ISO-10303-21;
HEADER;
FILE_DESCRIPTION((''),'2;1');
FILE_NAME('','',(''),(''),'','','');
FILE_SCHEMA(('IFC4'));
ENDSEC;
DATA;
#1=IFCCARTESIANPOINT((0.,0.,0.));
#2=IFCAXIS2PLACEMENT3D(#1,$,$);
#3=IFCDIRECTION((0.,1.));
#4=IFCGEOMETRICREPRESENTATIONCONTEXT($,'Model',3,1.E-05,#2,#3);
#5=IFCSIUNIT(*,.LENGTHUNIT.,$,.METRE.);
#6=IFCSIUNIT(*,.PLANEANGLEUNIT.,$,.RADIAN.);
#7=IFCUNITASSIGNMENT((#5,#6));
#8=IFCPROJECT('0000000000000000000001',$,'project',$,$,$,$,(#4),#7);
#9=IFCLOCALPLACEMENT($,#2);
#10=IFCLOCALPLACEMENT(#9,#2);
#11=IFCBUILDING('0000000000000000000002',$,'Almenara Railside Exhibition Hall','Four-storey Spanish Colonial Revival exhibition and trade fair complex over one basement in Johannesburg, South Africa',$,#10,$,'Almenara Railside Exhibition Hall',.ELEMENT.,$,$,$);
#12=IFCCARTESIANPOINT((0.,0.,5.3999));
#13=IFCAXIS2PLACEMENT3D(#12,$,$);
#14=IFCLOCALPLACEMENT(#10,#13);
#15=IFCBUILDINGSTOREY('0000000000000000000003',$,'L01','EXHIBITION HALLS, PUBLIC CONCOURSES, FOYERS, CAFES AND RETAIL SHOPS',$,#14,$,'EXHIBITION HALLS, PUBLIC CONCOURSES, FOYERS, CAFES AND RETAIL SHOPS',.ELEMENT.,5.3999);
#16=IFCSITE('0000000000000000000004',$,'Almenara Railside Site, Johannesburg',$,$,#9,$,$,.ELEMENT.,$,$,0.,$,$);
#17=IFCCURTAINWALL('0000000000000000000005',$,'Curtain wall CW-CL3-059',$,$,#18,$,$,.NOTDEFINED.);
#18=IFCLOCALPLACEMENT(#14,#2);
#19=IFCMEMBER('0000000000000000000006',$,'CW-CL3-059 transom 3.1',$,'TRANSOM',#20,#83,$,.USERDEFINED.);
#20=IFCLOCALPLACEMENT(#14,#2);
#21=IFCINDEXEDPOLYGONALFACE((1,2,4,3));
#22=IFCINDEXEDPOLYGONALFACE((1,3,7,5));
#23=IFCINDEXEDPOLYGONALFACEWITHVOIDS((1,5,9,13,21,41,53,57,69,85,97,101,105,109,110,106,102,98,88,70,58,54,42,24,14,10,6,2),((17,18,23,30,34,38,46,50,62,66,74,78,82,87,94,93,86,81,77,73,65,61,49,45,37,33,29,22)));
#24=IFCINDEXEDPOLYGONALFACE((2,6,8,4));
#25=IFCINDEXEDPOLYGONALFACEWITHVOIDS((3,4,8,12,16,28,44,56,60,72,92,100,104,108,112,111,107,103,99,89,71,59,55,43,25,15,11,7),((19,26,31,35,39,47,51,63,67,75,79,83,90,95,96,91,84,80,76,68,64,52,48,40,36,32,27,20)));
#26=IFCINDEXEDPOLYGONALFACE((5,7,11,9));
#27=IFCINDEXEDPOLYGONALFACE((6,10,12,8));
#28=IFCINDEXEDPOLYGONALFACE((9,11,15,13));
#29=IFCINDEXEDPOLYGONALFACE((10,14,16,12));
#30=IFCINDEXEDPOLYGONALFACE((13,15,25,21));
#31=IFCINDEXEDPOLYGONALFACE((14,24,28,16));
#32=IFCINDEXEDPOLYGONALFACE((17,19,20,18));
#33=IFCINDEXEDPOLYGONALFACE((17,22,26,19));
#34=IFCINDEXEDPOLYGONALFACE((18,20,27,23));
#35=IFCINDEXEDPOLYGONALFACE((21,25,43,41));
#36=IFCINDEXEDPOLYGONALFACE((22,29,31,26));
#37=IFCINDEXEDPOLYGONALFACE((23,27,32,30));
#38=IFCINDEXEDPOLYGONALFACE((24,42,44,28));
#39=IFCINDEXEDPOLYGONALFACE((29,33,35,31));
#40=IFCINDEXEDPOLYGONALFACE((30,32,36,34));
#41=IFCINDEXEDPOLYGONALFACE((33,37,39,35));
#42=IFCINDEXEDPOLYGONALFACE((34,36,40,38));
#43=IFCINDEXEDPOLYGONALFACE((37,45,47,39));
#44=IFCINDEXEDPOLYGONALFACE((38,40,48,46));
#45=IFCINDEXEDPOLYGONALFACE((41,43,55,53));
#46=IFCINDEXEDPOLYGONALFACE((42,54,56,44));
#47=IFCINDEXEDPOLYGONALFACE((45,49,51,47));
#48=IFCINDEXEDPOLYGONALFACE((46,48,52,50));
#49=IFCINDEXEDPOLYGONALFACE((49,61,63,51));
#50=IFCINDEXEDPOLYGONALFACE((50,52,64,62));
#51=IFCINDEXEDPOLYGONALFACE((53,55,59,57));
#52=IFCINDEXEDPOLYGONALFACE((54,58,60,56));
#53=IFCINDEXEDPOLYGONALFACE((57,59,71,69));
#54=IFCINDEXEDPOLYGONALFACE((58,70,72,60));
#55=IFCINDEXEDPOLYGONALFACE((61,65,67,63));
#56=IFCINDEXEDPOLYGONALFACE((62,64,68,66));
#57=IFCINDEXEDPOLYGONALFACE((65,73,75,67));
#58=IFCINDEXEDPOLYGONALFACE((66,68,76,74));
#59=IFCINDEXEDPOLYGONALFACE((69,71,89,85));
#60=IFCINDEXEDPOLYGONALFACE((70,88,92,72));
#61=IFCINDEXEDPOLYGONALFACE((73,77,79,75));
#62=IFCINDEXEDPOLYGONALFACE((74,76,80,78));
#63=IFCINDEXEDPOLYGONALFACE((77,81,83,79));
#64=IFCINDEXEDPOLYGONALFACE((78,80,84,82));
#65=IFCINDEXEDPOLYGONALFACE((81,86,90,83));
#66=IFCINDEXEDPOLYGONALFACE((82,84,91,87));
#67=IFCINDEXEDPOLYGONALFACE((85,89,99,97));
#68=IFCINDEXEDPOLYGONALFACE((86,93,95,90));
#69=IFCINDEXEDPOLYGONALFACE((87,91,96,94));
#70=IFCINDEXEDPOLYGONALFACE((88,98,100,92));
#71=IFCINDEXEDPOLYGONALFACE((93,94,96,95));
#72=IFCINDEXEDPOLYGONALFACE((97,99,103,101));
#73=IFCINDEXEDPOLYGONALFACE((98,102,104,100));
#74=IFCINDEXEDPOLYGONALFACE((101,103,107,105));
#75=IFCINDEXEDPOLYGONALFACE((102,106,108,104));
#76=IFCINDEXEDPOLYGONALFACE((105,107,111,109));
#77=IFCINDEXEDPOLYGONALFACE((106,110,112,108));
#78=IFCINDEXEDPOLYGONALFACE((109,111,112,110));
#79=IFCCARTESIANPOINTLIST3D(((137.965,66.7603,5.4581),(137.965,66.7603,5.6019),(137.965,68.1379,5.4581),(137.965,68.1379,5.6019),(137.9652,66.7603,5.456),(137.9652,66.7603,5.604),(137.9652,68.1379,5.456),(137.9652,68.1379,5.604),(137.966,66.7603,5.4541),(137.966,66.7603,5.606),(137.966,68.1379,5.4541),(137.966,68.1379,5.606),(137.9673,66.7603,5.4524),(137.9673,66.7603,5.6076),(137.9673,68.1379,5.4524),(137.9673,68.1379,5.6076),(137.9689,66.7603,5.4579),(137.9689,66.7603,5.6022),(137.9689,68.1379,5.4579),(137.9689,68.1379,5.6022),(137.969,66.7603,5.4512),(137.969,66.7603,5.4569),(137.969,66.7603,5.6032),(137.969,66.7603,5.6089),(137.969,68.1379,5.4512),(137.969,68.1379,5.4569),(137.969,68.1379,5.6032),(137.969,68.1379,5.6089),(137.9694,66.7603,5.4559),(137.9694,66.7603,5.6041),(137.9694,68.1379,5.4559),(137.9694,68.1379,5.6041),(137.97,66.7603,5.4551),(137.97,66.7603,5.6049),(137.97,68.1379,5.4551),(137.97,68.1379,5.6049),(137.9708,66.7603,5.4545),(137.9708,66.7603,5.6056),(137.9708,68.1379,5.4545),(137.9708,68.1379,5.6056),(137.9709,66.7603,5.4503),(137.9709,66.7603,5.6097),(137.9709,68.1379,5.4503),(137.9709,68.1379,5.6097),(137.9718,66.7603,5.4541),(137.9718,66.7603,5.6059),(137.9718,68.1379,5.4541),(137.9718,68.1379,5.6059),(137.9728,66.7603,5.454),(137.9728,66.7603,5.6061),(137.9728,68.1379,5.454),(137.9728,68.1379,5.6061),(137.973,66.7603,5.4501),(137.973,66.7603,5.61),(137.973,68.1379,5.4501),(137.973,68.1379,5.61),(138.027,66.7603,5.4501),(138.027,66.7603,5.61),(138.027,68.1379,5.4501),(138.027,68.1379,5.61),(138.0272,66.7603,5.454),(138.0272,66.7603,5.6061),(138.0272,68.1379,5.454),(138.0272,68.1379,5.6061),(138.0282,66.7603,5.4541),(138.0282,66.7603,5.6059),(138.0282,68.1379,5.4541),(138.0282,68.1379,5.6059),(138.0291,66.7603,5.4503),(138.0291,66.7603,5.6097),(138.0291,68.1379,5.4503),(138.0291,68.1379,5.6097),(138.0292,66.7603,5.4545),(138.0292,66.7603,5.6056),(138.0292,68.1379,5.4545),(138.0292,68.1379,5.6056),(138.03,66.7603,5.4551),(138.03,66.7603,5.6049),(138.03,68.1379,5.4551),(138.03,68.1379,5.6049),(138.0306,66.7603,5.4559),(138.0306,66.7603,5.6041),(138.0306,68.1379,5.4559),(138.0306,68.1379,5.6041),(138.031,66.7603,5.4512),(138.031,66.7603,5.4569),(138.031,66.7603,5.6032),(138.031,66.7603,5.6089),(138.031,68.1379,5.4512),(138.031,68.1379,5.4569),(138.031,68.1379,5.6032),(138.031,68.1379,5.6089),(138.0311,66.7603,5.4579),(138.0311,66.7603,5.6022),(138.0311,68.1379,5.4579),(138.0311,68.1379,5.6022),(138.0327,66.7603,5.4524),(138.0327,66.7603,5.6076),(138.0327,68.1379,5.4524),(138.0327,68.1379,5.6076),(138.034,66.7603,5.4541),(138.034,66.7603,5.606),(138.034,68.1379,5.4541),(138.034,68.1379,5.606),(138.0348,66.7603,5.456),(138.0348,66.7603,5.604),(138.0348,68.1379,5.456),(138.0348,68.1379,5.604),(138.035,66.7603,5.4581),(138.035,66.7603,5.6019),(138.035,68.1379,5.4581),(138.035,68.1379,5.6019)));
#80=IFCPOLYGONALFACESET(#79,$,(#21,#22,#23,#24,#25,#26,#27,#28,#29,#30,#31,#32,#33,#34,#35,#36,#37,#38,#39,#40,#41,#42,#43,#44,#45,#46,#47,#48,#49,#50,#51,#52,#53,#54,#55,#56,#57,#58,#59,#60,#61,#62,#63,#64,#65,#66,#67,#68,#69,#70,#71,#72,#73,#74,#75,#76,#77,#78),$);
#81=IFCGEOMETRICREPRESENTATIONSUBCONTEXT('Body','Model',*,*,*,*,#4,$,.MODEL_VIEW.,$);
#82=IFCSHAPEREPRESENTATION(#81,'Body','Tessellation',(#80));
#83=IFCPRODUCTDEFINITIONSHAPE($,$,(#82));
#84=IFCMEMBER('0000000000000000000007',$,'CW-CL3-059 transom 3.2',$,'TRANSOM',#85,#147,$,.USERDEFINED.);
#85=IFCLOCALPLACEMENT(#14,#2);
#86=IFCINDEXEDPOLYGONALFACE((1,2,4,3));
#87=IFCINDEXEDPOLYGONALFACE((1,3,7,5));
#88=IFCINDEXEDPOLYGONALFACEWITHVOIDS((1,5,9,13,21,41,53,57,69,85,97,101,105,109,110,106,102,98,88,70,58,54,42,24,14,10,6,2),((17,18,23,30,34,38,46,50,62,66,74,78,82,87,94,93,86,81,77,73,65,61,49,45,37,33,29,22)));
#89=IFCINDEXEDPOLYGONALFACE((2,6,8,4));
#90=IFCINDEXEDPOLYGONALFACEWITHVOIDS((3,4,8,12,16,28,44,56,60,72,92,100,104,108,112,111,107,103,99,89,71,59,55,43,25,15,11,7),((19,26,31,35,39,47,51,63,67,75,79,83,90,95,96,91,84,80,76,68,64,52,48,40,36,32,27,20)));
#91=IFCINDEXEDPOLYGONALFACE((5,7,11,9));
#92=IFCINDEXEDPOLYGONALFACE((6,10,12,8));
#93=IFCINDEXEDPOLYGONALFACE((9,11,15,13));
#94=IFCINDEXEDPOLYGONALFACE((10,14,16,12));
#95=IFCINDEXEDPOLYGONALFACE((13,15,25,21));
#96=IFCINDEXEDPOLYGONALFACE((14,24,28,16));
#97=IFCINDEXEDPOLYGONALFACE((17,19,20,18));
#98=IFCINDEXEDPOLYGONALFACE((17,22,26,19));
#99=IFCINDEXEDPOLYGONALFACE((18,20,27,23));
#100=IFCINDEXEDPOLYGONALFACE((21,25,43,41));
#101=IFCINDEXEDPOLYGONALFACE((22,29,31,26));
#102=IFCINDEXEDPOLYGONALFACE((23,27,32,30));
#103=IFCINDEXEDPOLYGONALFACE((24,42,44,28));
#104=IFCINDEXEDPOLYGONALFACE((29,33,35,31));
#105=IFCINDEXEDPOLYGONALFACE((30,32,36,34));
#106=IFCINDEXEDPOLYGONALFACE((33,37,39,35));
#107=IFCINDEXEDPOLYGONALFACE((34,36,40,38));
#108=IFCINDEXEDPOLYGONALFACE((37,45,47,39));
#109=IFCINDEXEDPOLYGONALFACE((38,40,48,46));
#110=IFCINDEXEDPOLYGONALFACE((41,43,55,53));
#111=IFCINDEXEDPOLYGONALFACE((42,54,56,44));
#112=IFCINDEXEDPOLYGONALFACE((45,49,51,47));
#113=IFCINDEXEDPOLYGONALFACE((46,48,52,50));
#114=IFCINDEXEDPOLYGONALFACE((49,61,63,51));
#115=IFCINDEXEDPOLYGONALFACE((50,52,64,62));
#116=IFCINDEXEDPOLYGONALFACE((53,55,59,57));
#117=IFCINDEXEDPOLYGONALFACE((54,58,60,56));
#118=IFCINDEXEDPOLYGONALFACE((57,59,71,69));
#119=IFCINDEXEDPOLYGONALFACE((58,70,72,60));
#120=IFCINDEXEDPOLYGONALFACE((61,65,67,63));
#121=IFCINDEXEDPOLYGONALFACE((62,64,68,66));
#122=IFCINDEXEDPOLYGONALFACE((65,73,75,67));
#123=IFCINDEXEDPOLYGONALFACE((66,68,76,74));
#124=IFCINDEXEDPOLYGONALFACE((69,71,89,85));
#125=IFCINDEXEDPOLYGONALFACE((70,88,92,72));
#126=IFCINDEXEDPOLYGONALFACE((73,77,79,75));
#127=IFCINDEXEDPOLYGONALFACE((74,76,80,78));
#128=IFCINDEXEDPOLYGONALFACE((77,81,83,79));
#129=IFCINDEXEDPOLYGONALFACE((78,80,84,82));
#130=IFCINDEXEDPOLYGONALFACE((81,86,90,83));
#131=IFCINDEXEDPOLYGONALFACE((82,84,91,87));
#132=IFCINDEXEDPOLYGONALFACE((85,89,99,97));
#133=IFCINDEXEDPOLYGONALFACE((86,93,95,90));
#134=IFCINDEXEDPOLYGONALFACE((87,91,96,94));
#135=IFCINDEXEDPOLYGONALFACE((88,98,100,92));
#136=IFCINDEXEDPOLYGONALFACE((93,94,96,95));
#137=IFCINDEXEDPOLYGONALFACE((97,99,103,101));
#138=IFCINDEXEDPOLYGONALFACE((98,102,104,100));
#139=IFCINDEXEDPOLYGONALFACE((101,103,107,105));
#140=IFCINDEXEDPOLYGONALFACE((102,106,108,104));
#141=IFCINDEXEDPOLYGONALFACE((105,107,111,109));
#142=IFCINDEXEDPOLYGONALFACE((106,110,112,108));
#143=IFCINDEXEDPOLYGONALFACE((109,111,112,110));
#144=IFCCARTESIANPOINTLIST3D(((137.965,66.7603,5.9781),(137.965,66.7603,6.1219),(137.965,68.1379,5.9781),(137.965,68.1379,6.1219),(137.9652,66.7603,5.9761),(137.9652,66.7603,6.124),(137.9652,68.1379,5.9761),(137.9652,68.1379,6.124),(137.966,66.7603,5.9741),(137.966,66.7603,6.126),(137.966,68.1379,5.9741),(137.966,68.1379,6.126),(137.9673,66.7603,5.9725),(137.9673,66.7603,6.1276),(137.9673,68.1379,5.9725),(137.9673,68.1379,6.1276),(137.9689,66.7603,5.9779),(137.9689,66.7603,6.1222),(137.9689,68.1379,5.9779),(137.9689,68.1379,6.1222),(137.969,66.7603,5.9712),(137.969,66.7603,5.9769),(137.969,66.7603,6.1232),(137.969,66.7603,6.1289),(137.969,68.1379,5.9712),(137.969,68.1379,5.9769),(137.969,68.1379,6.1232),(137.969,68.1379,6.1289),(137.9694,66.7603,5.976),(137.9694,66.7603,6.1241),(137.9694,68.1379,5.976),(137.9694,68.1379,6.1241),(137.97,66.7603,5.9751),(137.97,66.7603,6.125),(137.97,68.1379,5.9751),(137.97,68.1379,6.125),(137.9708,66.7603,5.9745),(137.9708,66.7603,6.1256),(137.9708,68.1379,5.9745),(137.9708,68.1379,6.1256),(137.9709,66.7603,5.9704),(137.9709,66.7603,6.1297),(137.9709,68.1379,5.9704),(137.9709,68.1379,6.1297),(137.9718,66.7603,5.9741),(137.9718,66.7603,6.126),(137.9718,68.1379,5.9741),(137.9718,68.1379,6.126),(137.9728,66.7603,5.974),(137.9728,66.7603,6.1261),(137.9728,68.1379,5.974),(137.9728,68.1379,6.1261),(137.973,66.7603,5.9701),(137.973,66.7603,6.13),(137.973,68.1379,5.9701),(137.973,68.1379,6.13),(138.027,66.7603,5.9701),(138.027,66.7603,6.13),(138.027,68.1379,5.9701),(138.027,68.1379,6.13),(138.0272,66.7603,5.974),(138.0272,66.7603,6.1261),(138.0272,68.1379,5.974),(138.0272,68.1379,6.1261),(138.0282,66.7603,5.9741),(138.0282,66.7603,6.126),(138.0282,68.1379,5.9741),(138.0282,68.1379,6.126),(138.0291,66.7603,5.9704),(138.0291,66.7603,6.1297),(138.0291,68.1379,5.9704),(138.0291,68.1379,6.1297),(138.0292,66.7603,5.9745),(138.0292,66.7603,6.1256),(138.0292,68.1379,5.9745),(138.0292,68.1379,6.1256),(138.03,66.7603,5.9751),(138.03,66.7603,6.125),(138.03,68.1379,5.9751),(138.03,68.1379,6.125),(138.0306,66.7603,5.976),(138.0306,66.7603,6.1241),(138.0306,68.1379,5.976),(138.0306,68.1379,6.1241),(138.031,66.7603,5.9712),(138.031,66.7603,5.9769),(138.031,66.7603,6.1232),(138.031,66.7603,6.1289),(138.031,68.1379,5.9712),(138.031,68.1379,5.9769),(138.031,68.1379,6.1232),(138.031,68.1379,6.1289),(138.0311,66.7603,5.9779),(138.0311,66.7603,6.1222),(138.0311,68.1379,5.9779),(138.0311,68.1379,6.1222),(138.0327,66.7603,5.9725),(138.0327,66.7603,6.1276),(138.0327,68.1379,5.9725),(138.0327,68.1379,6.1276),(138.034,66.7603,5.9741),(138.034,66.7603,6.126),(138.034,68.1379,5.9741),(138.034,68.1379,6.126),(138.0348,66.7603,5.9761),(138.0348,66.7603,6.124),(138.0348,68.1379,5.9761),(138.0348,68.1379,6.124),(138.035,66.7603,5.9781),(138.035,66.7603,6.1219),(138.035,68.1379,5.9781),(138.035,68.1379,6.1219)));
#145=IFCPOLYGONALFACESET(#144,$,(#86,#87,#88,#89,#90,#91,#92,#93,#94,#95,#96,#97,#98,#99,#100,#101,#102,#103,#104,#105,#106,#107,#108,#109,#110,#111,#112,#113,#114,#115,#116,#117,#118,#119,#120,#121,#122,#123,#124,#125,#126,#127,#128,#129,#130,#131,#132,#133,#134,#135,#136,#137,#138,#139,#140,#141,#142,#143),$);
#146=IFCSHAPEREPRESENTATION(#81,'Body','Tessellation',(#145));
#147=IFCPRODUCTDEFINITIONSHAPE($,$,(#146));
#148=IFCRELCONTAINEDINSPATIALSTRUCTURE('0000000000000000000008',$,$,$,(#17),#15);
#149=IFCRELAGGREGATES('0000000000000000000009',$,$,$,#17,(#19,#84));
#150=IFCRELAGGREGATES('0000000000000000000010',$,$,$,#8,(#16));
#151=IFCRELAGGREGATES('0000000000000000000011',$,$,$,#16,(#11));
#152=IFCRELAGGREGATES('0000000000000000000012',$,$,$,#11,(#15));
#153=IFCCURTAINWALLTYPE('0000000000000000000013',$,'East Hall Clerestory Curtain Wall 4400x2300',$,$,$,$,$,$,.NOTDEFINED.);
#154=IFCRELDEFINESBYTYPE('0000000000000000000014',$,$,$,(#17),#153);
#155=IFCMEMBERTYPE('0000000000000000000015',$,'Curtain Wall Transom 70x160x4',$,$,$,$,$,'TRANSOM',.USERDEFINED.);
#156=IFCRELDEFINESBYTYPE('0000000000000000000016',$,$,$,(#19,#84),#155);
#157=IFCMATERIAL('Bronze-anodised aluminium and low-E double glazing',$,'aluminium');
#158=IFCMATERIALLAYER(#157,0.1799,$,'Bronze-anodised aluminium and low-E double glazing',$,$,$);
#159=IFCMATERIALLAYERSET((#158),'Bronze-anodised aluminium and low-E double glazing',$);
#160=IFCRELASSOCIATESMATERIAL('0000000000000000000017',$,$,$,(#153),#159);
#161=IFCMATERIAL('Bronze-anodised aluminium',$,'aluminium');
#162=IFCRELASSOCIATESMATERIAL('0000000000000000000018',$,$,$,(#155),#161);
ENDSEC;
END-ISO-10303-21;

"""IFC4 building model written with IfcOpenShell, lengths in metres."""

from ifc_helpers import new_model, si_unit, direction, frame, origin, origin_2d, place, context, subcontext, project, spatial, hollow_rectangle, extrude, material, layer, layer_set, material_profile, profile_set, type_object, element, aggregate, save


model = new_model("IFC4")

# Units and contexts
model_context = context("Model", 3, precision=1e-05, world=origin(), true_north=direction((0.0, 1.0)))
body_context = subcontext(model_context, "Body", "Model", "MODEL_VIEW")
ifc_project = project(units=[si_unit("LENGTHUNIT", "METRE"), si_unit("PLANEANGLEUNIT", "RADIAN")], contexts=[model_context])

# Site, building, storey
site_placement = place(None, origin())
site = spatial("IfcSite", under=ifc_project, at=site_placement, Name="Almenara Railside Site, Johannesburg", CompositionType="ELEMENT", RefElevation=0.0)
building_placement = place(site_placement, origin())
building = spatial("IfcBuilding", under=site, at=building_placement, Name="Almenara Railside Exhibition Hall", Description="Four-storey Spanish Colonial Revival exhibition and trade fair complex over one basement in Johannesburg, South Africa", LongName="Almenara Railside Exhibition Hall", CompositionType="ELEMENT")
storey_placement = place(building_placement, frame((0.0, 0.0, 5.3999)))
storey = spatial("IfcBuildingStorey", under=building, at=storey_placement, Name="L01", Description="EXHIBITION HALLS, PUBLIC CONCOURSES, FOYERS, CAFES AND RETAIL SHOPS", LongName="EXHIBITION HALLS, PUBLIC CONCOURSES, FOYERS, CAFES AND RETAIL SHOPS", CompositionType="ELEMENT", Elevation=5.3999)

# Shared definitions
ifc_material_1 = material(Name="Bronze-anodised aluminium and low-E double glazing", Category="aluminium")
ifc_layer_1 = layer(ifc_material_1, 0.1799, Name="Bronze-anodised aluminium and low-E double glazing")
ifc_layer_set_1 = layer_set([ifc_layer_1], Name="Bronze-anodised aluminium and low-E double glazing")
curtain_wall_type = type_object("IfcCurtainWallType", Name="East Hall Clerestory Curtain Wall 4400x2300", PredefinedType="NOTDEFINED", material=ifc_layer_set_1)
ifc_material_2 = material(Name="Bronze-anodised aluminium", Category="aluminium")

# Curtain wall
curtain_wall_1_placement = place(storey_placement, origin())
curtain_wall_1 = element("IfcCurtainWall", 1, at=curtain_wall_1_placement, inside=storey, type_object=curtain_wall_type, Name="Curtain wall CW-CL3-059", PredefinedType="NOTDEFINED")

# Members
ifc_material_profile_1 = material_profile(ifc_material_2, hollow_rectangle(XDim=0.0701, YDim=0.1599, WallThickness=0.0039, InnerFilletRadius=0.0039, OuterFilletRadius=0.0081, at=origin_2d()), Name="ALU-TRN 70x160x4")
ifc_profile_set_1 = profile_set([ifc_material_profile_1], Name="Bronze-anodised aluminium")
member_type_1 = type_object("IfcMemberType", Name="Curtain Wall Transom 70x160x4", ElementType="TRANSOM", PredefinedType="USERDEFINED", material=ifc_profile_set_1)
member_1_placement = place(storey_placement, frame((138.0, 66.7603, 5.53), z_axis=(0.0, 1.0, 0.0), x_axis=(-1.0, 0.0, 0.0)))
member_1 = element("IfcMember", 2, at=member_1_placement, type_object=member_type_1, Name="CW-CL3-059 transom 3.1", ObjectType="TRANSOM", PredefinedType="USERDEFINED", context=body_context, shape_type="SweptSolid", body=[
    extrude(hollow_rectangle(XDim=0.0701, YDim=0.1599, WallThickness=0.0039, InnerFilletRadius=0.0039, OuterFilletRadius=0.0081, at=origin_2d()), origin(), (0.0, 0.0, 1.0), 1.3777),
])
member_2_placement = place(storey_placement, frame((138.0, 66.7603, 6.05), z_axis=(0.0, 1.0, 0.0), x_axis=(-1.0, 0.0, 0.0)))
member_2 = element("IfcMember", 3, at=member_2_placement, type_object=member_type_1, Name="CW-CL3-059 transom 3.2", ObjectType="TRANSOM", PredefinedType="USERDEFINED", context=body_context, shape_type="SweptSolid", body=[
    extrude(hollow_rectangle(XDim=0.0701, YDim=0.1599, WallThickness=0.0039, InnerFilletRadius=0.0039, OuterFilletRadius=0.0081, at=origin_2d()), origin(), (0.0, 0.0, 1.0), 1.3777),
])

aggregate(curtain_wall_1, [member_1, member_2])

save(model, "model.ifc")
